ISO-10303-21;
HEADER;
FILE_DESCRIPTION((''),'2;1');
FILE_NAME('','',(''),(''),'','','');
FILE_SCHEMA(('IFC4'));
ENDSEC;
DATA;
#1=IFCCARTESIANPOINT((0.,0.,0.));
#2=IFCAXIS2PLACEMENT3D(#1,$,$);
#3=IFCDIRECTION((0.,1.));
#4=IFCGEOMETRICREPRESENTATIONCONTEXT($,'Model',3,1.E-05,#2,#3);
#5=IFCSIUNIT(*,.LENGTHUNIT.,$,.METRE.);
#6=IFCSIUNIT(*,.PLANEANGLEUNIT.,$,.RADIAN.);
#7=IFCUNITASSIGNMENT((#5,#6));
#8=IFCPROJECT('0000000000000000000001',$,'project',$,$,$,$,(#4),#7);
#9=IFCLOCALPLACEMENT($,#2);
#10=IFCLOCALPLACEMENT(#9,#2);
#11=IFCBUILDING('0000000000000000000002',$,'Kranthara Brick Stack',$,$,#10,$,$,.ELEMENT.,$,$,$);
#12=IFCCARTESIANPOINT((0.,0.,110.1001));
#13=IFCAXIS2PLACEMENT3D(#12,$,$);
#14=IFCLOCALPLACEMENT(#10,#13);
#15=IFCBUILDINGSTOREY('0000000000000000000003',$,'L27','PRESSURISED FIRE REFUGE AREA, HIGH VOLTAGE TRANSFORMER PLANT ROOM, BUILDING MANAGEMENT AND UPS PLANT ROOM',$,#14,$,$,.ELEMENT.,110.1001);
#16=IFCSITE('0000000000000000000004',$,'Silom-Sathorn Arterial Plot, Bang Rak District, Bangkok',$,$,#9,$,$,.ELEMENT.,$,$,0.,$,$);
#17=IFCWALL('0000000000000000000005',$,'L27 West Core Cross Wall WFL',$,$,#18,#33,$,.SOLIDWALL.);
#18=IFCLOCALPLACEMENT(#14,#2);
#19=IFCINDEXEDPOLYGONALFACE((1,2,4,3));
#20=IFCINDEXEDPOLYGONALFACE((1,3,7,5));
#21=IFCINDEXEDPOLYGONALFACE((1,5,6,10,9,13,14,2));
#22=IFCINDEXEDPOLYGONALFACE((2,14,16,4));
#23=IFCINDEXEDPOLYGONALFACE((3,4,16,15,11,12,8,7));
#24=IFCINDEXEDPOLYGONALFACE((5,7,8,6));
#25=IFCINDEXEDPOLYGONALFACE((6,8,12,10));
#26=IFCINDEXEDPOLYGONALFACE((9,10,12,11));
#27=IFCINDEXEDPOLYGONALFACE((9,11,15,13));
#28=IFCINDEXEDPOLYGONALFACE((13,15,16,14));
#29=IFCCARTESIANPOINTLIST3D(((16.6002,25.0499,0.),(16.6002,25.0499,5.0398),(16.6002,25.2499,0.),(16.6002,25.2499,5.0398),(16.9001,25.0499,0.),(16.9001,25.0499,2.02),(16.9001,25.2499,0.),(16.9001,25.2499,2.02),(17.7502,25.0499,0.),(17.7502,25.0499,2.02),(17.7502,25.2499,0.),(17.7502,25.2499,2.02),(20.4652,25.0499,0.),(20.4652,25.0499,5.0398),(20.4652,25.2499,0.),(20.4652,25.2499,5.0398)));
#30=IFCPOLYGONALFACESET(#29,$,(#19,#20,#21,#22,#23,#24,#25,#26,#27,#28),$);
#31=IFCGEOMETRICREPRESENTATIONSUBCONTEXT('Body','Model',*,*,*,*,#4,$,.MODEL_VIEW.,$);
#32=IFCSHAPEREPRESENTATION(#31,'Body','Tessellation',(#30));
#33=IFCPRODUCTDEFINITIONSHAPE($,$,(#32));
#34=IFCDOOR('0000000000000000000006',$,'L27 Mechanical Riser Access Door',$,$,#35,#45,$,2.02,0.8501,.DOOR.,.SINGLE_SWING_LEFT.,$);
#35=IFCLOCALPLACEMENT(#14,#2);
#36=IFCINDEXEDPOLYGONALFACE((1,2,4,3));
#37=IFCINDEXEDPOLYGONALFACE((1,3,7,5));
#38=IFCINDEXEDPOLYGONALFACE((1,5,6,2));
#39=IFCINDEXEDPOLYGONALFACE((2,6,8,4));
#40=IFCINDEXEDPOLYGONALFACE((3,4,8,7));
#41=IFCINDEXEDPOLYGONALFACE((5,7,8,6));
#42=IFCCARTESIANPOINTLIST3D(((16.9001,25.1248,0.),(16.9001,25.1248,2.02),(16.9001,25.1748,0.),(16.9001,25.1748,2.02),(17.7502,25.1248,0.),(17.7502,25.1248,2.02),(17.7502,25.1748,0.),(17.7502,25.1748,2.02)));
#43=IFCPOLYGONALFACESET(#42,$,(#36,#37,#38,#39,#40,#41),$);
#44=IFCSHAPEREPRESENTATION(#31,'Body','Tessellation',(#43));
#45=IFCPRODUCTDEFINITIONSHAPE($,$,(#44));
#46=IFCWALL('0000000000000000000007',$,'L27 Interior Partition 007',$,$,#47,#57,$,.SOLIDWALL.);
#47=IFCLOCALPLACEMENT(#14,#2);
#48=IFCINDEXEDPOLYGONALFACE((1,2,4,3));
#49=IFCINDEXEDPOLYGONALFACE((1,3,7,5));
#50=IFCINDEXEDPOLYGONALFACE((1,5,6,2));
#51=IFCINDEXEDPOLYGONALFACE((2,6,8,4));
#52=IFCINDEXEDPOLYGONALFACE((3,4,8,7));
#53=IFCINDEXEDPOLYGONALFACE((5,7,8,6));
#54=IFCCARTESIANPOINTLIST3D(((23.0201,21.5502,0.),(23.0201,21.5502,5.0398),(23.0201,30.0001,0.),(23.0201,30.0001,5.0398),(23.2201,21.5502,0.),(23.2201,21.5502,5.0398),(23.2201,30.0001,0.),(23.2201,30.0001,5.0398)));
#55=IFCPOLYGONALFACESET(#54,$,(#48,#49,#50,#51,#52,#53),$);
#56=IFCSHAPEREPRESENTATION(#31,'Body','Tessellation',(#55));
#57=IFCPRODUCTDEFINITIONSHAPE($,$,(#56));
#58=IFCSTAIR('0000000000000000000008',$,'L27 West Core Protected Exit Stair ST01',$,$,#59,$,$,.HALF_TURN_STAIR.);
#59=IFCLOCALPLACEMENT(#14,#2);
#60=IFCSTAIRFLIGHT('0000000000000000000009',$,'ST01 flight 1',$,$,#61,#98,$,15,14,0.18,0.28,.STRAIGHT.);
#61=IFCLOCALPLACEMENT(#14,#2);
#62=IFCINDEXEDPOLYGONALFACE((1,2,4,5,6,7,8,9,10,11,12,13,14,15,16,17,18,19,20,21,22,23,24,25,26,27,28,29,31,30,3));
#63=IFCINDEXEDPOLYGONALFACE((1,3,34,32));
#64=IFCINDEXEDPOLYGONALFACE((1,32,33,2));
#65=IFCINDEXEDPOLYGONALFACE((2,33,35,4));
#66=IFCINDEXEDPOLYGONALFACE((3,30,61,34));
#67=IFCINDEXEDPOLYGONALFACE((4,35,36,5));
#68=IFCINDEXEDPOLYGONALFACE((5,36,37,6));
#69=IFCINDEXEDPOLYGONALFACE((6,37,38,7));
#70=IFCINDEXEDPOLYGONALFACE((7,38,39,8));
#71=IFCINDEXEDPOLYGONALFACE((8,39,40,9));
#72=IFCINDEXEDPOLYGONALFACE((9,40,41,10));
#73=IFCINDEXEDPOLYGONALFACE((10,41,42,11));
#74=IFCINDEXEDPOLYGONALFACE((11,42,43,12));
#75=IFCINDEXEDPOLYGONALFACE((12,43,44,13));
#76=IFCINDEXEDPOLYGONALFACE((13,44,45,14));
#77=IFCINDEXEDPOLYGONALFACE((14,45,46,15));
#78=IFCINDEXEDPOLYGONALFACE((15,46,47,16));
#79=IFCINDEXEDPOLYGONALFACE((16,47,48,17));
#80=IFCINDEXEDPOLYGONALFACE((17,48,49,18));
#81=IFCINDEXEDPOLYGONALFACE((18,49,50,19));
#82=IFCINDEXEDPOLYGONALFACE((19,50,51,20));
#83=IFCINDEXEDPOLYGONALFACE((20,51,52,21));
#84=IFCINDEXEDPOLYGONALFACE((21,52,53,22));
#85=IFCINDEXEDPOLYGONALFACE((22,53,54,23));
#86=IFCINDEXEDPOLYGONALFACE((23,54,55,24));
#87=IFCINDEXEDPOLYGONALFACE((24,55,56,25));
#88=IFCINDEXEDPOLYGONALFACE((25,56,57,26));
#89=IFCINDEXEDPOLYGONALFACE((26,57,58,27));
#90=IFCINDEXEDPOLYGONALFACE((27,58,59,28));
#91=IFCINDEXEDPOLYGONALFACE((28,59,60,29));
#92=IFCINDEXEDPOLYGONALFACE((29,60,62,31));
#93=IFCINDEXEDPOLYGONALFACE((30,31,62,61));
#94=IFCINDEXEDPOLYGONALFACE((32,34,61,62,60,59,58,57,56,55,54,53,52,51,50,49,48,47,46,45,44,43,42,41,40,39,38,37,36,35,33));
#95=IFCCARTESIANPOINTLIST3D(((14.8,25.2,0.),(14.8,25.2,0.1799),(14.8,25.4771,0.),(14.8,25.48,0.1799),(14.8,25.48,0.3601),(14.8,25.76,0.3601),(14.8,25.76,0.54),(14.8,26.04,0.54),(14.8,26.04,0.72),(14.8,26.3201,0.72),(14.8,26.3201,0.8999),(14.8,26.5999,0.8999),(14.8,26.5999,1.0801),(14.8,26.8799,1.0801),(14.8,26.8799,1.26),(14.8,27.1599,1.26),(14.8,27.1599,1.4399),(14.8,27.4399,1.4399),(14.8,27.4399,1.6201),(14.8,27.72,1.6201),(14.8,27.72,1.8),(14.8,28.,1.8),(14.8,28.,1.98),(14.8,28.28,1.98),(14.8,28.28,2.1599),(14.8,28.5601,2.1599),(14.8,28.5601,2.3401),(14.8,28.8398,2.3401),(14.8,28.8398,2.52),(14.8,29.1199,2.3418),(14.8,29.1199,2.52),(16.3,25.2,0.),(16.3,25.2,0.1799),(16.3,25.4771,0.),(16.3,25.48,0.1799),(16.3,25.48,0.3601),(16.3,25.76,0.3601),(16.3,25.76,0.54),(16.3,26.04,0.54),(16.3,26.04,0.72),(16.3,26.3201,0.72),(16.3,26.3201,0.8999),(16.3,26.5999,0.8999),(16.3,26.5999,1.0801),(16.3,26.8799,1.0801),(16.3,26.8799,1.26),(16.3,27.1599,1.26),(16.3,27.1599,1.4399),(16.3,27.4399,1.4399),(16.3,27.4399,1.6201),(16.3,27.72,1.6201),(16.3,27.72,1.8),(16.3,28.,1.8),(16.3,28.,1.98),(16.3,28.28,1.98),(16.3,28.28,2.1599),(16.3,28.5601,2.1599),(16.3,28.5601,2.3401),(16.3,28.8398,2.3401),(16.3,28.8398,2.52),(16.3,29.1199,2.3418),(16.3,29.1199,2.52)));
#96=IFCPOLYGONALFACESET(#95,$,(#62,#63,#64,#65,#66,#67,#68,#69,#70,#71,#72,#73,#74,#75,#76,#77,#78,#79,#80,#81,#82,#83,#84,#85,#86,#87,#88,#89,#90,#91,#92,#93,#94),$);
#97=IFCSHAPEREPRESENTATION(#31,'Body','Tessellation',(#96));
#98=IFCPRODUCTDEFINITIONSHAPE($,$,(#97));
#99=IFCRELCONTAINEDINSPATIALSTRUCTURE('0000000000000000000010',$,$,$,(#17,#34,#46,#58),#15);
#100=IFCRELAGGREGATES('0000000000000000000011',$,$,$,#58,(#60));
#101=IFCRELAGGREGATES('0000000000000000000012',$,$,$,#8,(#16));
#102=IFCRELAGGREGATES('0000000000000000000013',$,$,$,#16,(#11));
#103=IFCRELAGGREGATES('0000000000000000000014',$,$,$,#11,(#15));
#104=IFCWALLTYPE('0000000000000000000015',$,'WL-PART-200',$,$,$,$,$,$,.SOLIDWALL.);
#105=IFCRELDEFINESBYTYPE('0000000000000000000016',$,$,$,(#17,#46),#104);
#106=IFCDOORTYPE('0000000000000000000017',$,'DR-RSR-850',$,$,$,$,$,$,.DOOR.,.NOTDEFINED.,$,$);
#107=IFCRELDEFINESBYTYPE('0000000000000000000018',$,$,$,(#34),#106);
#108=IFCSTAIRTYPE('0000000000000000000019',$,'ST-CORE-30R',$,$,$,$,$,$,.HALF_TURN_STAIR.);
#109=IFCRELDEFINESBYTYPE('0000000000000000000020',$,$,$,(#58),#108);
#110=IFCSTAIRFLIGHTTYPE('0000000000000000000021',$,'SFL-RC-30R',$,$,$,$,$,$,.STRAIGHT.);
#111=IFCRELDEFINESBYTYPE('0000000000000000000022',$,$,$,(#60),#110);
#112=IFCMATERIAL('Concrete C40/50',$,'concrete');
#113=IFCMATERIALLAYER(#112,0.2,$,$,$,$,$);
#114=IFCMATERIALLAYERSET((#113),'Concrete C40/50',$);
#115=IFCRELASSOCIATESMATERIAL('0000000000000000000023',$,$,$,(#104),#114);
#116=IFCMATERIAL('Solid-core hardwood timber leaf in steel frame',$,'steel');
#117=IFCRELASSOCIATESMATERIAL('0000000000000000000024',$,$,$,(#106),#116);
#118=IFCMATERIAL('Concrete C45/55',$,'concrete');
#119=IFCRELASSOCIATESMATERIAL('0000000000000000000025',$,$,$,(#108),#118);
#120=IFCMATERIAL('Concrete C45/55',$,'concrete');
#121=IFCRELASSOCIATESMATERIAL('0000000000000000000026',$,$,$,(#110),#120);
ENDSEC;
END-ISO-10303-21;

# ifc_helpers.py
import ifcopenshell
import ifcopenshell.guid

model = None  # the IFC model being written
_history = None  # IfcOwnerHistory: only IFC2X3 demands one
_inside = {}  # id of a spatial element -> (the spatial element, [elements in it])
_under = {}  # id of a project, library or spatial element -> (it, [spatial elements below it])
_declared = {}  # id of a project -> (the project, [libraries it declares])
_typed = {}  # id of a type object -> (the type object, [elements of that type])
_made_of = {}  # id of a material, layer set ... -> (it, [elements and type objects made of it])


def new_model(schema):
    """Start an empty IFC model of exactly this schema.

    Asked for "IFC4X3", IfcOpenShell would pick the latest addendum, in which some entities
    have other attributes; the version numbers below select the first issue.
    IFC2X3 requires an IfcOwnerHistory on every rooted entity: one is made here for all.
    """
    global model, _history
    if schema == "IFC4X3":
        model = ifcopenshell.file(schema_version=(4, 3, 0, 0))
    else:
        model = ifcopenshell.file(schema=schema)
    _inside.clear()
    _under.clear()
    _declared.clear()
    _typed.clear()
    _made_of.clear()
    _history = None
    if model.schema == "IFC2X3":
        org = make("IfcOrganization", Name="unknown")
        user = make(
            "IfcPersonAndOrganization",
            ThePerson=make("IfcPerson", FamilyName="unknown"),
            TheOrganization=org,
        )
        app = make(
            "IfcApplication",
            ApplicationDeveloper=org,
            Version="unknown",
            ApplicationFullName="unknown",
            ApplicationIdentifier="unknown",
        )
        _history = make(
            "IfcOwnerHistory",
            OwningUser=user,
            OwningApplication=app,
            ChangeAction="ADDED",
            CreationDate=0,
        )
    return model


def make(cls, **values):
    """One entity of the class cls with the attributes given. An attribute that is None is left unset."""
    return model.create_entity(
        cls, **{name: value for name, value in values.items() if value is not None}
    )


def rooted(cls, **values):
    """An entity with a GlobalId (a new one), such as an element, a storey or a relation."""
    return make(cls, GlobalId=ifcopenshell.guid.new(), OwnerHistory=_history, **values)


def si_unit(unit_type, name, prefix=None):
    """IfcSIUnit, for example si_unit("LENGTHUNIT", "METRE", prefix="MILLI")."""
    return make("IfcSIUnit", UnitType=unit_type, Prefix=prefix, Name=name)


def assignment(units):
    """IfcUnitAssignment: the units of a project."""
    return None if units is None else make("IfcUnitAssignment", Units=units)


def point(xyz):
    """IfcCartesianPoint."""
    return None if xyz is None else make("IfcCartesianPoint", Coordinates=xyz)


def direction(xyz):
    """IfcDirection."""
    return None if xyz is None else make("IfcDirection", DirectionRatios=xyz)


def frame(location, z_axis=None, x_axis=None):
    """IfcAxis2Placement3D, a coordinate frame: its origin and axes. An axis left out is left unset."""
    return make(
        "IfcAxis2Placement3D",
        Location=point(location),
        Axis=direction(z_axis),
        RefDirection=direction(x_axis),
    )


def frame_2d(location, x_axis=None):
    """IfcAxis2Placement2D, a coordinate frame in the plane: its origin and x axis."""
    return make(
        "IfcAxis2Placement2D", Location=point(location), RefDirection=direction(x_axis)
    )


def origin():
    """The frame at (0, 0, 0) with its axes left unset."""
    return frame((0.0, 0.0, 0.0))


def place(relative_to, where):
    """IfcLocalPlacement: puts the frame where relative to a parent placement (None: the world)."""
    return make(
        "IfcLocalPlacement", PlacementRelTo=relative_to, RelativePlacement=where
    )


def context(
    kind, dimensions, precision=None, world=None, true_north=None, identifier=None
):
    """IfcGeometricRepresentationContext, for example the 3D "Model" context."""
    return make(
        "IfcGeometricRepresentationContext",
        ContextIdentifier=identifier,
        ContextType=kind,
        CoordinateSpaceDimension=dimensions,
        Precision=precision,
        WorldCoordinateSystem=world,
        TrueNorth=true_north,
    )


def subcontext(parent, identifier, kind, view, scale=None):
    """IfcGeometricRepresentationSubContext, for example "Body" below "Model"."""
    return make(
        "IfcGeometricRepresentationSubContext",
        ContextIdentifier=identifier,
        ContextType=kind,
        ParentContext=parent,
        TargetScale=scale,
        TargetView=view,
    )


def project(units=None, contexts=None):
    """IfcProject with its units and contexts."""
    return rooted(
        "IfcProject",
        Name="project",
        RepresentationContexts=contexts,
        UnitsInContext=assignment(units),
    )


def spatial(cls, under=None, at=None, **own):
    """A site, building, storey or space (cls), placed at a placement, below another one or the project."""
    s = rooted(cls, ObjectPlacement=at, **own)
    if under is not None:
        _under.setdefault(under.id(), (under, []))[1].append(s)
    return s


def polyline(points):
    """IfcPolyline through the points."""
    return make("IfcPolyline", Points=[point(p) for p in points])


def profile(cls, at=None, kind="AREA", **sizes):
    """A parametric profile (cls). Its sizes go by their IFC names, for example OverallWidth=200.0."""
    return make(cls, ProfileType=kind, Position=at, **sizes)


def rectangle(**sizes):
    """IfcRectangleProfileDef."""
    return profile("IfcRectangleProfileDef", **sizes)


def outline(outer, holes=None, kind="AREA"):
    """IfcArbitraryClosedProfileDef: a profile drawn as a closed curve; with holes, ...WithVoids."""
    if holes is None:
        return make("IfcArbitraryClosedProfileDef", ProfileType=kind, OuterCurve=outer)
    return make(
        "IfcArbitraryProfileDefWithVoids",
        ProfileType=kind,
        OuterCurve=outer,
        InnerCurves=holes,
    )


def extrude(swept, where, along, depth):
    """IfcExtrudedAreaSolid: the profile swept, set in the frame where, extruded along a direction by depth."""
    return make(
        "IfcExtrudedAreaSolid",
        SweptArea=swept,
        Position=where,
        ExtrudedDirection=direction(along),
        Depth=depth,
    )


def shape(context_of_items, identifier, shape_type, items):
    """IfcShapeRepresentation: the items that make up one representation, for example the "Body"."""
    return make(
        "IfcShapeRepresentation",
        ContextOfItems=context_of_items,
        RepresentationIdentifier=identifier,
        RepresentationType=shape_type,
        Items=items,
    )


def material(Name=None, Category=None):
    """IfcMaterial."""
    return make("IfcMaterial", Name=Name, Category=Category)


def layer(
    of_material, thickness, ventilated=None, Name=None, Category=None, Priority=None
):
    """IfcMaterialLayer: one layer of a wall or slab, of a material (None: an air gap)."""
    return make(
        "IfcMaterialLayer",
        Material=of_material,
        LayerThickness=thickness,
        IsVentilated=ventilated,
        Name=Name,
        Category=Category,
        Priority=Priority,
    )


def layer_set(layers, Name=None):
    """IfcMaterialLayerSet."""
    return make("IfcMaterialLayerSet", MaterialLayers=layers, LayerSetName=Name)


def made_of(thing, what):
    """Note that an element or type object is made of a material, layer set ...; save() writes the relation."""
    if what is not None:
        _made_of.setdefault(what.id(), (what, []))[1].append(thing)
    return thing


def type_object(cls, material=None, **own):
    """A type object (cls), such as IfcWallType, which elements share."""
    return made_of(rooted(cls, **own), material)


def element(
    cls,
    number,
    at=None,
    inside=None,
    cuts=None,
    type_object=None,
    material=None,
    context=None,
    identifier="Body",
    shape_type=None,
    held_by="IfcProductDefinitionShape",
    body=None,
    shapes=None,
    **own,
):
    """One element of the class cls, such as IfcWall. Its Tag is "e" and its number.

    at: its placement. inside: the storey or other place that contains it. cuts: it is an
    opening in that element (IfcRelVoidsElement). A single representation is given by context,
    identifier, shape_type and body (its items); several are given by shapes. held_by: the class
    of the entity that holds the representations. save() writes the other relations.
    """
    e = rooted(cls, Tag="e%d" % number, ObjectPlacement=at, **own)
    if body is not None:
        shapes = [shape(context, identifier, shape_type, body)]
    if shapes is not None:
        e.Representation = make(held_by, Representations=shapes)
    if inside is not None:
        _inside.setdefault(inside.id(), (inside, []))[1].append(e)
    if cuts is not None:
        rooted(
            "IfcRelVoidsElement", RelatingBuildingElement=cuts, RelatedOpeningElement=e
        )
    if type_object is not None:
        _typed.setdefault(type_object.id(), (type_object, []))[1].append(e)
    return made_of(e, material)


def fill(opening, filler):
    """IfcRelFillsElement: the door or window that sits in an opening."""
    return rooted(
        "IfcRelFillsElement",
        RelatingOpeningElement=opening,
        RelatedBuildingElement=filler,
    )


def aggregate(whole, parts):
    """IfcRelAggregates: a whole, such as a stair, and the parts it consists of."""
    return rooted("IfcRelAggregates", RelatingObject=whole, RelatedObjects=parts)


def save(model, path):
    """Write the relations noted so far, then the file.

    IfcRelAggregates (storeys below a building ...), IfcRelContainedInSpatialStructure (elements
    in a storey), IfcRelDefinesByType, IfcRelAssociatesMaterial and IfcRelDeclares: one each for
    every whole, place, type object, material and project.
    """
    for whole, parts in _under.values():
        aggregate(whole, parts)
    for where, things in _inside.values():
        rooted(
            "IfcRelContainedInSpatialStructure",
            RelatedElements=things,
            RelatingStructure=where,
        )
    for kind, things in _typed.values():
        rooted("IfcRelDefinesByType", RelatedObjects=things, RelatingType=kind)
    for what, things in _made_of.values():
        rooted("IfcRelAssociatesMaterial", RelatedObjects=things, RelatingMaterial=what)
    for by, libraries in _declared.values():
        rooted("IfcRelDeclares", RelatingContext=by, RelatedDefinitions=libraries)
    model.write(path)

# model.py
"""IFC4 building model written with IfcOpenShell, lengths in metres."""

from ifc_helpers import new_model, si_unit, direction, frame, frame_2d, origin, place, context, subcontext, project, spatial, polyline, rectangle, outline, extrude, material, layer, layer_set, type_object, element, fill, aggregate, save


model = new_model("IFC4")

# Units and contexts
model_context = context("Model", 3, precision=1e-05, world=origin(), true_north=direction((0.0, 1.0)))
body_context = subcontext(model_context, "Body", "Model", "MODEL_VIEW")
ifc_project = project(units=[si_unit("LENGTHUNIT", "METRE"), si_unit("PLANEANGLEUNIT", "RADIAN")], contexts=[model_context])

# Site, building, storey
site_placement = place(None, origin())
site = spatial("IfcSite", under=ifc_project, at=site_placement, Name="Silom-Sathorn Arterial Plot, Bang Rak District, Bangkok", CompositionType="ELEMENT", RefElevation=0.0)
building_placement = place(site_placement, origin())
building = spatial("IfcBuilding", under=site, at=building_placement, Name="Kranthara Brick Stack", CompositionType="ELEMENT")
storey_placement = place(building_placement, frame((0.0, 0.0, 110.1001)))
storey = spatial("IfcBuildingStorey", under=building, at=storey_placement, Name="L27", Description="PRESSURISED FIRE REFUGE AREA, HIGH VOLTAGE TRANSFORMER PLANT ROOM, BUILDING MANAGEMENT AND UPS PLANT ROOM", CompositionType="ELEMENT", Elevation=110.1001)

# Wall, opening, door
ifc_material_1 = material(Name="Concrete C40/50", Category="concrete")
ifc_layer_1 = layer(ifc_material_1, 0.2)
ifc_layer_set_1 = layer_set([ifc_layer_1], Name="Concrete C40/50")
wall_type_1 = type_object("IfcWallType", Name="WL-PART-200", PredefinedType="SOLIDWALL", material=ifc_layer_set_1)
wall_1_placement = place(storey_placement, frame((16.6001, 25.1499, 0.0), z_axis=(0.0, 0.0, 1.0), x_axis=(1.0, 0.0, 0.0)))
wall_1 = element("IfcWall", 1, at=wall_1_placement, inside=storey, type_object=wall_type_1, Name="L27 West Core Cross Wall WFL", PredefinedType="SOLIDWALL", context=body_context, shape_type="SweptSolid", body=[
    extrude(rectangle(XDim=3.865, YDim=0.2, at=frame_2d((1.9326, 0.0))), origin(), (0.0, 0.0, 1.0), 5.0398),
])
opening_1_placement = place(wall_1_placement, frame((0.3, 0.0, 0.0)))
opening_1 = element("IfcOpeningElement", 2, at=opening_1_placement, cuts=wall_1, PredefinedType="OPENING", context=body_context, shape_type="SweptSolid", body=[
    extrude(rectangle(XDim=0.8501, YDim=2.02, at=frame_2d((0.425, 1.01))), frame((0.0, 0.1099, 0.0), z_axis=(0.0, -1.0, 0.0), x_axis=(1.0, 0.0, 0.0)), (0.0, 0.0, 1.0), 0.22),
])
ifc_material_2 = material(Name="Solid-core hardwood timber leaf in steel frame", Category="steel")
door_type_1 = type_object("IfcDoorType", Name="DR-RSR-850", OperationType="NOTDEFINED", PredefinedType="DOOR", material=ifc_material_2)
door_1_placement = place(opening_1_placement, origin())
door_1 = element("IfcDoor", 3, at=door_1_placement, inside=storey, type_object=door_type_1, Name="L27 Mechanical Riser Access Door", OperationType="SINGLE_SWING_LEFT", OverallHeight=2.02, OverallWidth=0.8501, PredefinedType="DOOR", context=body_context, shape_type="SweptSolid", body=[
    extrude(rectangle(XDim=0.8501, YDim=2.02, at=frame_2d((0.425, 1.01))), frame((0.0, 0.0249, 0.0), z_axis=(0.0, -1.0, 0.0), x_axis=(1.0, 0.0, 0.0)), (0.0, 0.0, 1.0), 0.05),
])
fill(opening_1, door_1)

# Wall
wall_2_placement = place(storey_placement, frame((23.1201, 21.55, 0.0), z_axis=(0.0, 0.0, 1.0), x_axis=(0.0, 1.0, 0.0)))
element("IfcWall", 4, at=wall_2_placement, inside=storey, type_object=wall_type_1, Name="L27 Interior Partition 007", PredefinedType="SOLIDWALL", context=body_context, shape_type="SweptSolid", body=[
    extrude(rectangle(XDim=8.45, YDim=0.2, at=frame_2d((4.2251, 0.0))), origin(), (0.0, 0.0, 1.0), 5.0398),
])

# Stair, stair flight
ifc_material_3 = material(Name="Concrete C45/55", Category="concrete")
stair_type = type_object("IfcStairType", Name="ST-CORE-30R", PredefinedType="HALF_TURN_STAIR", material=ifc_material_3)
stair_placement = place(storey_placement, origin())
stair = element("IfcStair", 5, at=stair_placement, inside=storey, type_object=stair_type, Name="L27 West Core Protected Exit Stair ST01", PredefinedType="HALF_TURN_STAIR")
ifc_material_4 = material(Name="Concrete C45/55", Category="concrete")
stair_flight_type = type_object("IfcStairFlightType", Name="SFL-RC-30R", PredefinedType="STRAIGHT", material=ifc_material_4)
stair_flight_placement = place(storey_placement, frame((15.55, 25.2, 0.0), z_axis=(0.0, 0.0, 1.0), x_axis=(0.0, 1.0, 0.0)))
stair_flight = element("IfcStairFlight", 6, at=stair_flight_placement, type_object=stair_flight_type, Name="ST01 flight 1", NumberOfRisers=15, NumberOfTreads=14, PredefinedType="STRAIGHT", RiserHeight=0.18, TreadLength=0.28, context=body_context, shape_type="SweptSolid", body=[
    extrude(outline(polyline([(0.0, 0.0), (0.0, 0.1799), (0.28, 0.1799), (0.28, 0.3601), (0.5601, 0.3601), (0.5601, 0.54), (0.8401, 0.54), (0.8401, 0.72), (1.1201, 0.72), (1.1201, 0.8999), (1.3999, 0.8999), (1.3999, 1.0801), (1.6799, 1.0801), (1.6799, 1.26), (1.96, 1.26), (1.96, 1.4399), (2.24, 1.4399), (2.24, 1.6201), (2.52, 1.6201), (2.52, 1.8), (2.8, 1.8), (2.8, 1.98), (3.0801, 1.98), (3.0801, 2.1599), (3.3601, 2.1599), (3.3601, 2.3401), (3.6399, 2.3401), (3.6399, 2.52), (3.9199, 2.52), (3.9199, 2.7), (3.9199, 2.3418), (0.2771, 0.0), (0.0, 0.0)])), frame((0.0, 0.75, 0.0), z_axis=(0.0, -1.0, 0.0), x_axis=(1.0, 0.0, 0.0)), (0.0, 0.0, 1.0), 1.5),
])
aggregate(stair, [stair_flight])

save(model, "model.ifc")
